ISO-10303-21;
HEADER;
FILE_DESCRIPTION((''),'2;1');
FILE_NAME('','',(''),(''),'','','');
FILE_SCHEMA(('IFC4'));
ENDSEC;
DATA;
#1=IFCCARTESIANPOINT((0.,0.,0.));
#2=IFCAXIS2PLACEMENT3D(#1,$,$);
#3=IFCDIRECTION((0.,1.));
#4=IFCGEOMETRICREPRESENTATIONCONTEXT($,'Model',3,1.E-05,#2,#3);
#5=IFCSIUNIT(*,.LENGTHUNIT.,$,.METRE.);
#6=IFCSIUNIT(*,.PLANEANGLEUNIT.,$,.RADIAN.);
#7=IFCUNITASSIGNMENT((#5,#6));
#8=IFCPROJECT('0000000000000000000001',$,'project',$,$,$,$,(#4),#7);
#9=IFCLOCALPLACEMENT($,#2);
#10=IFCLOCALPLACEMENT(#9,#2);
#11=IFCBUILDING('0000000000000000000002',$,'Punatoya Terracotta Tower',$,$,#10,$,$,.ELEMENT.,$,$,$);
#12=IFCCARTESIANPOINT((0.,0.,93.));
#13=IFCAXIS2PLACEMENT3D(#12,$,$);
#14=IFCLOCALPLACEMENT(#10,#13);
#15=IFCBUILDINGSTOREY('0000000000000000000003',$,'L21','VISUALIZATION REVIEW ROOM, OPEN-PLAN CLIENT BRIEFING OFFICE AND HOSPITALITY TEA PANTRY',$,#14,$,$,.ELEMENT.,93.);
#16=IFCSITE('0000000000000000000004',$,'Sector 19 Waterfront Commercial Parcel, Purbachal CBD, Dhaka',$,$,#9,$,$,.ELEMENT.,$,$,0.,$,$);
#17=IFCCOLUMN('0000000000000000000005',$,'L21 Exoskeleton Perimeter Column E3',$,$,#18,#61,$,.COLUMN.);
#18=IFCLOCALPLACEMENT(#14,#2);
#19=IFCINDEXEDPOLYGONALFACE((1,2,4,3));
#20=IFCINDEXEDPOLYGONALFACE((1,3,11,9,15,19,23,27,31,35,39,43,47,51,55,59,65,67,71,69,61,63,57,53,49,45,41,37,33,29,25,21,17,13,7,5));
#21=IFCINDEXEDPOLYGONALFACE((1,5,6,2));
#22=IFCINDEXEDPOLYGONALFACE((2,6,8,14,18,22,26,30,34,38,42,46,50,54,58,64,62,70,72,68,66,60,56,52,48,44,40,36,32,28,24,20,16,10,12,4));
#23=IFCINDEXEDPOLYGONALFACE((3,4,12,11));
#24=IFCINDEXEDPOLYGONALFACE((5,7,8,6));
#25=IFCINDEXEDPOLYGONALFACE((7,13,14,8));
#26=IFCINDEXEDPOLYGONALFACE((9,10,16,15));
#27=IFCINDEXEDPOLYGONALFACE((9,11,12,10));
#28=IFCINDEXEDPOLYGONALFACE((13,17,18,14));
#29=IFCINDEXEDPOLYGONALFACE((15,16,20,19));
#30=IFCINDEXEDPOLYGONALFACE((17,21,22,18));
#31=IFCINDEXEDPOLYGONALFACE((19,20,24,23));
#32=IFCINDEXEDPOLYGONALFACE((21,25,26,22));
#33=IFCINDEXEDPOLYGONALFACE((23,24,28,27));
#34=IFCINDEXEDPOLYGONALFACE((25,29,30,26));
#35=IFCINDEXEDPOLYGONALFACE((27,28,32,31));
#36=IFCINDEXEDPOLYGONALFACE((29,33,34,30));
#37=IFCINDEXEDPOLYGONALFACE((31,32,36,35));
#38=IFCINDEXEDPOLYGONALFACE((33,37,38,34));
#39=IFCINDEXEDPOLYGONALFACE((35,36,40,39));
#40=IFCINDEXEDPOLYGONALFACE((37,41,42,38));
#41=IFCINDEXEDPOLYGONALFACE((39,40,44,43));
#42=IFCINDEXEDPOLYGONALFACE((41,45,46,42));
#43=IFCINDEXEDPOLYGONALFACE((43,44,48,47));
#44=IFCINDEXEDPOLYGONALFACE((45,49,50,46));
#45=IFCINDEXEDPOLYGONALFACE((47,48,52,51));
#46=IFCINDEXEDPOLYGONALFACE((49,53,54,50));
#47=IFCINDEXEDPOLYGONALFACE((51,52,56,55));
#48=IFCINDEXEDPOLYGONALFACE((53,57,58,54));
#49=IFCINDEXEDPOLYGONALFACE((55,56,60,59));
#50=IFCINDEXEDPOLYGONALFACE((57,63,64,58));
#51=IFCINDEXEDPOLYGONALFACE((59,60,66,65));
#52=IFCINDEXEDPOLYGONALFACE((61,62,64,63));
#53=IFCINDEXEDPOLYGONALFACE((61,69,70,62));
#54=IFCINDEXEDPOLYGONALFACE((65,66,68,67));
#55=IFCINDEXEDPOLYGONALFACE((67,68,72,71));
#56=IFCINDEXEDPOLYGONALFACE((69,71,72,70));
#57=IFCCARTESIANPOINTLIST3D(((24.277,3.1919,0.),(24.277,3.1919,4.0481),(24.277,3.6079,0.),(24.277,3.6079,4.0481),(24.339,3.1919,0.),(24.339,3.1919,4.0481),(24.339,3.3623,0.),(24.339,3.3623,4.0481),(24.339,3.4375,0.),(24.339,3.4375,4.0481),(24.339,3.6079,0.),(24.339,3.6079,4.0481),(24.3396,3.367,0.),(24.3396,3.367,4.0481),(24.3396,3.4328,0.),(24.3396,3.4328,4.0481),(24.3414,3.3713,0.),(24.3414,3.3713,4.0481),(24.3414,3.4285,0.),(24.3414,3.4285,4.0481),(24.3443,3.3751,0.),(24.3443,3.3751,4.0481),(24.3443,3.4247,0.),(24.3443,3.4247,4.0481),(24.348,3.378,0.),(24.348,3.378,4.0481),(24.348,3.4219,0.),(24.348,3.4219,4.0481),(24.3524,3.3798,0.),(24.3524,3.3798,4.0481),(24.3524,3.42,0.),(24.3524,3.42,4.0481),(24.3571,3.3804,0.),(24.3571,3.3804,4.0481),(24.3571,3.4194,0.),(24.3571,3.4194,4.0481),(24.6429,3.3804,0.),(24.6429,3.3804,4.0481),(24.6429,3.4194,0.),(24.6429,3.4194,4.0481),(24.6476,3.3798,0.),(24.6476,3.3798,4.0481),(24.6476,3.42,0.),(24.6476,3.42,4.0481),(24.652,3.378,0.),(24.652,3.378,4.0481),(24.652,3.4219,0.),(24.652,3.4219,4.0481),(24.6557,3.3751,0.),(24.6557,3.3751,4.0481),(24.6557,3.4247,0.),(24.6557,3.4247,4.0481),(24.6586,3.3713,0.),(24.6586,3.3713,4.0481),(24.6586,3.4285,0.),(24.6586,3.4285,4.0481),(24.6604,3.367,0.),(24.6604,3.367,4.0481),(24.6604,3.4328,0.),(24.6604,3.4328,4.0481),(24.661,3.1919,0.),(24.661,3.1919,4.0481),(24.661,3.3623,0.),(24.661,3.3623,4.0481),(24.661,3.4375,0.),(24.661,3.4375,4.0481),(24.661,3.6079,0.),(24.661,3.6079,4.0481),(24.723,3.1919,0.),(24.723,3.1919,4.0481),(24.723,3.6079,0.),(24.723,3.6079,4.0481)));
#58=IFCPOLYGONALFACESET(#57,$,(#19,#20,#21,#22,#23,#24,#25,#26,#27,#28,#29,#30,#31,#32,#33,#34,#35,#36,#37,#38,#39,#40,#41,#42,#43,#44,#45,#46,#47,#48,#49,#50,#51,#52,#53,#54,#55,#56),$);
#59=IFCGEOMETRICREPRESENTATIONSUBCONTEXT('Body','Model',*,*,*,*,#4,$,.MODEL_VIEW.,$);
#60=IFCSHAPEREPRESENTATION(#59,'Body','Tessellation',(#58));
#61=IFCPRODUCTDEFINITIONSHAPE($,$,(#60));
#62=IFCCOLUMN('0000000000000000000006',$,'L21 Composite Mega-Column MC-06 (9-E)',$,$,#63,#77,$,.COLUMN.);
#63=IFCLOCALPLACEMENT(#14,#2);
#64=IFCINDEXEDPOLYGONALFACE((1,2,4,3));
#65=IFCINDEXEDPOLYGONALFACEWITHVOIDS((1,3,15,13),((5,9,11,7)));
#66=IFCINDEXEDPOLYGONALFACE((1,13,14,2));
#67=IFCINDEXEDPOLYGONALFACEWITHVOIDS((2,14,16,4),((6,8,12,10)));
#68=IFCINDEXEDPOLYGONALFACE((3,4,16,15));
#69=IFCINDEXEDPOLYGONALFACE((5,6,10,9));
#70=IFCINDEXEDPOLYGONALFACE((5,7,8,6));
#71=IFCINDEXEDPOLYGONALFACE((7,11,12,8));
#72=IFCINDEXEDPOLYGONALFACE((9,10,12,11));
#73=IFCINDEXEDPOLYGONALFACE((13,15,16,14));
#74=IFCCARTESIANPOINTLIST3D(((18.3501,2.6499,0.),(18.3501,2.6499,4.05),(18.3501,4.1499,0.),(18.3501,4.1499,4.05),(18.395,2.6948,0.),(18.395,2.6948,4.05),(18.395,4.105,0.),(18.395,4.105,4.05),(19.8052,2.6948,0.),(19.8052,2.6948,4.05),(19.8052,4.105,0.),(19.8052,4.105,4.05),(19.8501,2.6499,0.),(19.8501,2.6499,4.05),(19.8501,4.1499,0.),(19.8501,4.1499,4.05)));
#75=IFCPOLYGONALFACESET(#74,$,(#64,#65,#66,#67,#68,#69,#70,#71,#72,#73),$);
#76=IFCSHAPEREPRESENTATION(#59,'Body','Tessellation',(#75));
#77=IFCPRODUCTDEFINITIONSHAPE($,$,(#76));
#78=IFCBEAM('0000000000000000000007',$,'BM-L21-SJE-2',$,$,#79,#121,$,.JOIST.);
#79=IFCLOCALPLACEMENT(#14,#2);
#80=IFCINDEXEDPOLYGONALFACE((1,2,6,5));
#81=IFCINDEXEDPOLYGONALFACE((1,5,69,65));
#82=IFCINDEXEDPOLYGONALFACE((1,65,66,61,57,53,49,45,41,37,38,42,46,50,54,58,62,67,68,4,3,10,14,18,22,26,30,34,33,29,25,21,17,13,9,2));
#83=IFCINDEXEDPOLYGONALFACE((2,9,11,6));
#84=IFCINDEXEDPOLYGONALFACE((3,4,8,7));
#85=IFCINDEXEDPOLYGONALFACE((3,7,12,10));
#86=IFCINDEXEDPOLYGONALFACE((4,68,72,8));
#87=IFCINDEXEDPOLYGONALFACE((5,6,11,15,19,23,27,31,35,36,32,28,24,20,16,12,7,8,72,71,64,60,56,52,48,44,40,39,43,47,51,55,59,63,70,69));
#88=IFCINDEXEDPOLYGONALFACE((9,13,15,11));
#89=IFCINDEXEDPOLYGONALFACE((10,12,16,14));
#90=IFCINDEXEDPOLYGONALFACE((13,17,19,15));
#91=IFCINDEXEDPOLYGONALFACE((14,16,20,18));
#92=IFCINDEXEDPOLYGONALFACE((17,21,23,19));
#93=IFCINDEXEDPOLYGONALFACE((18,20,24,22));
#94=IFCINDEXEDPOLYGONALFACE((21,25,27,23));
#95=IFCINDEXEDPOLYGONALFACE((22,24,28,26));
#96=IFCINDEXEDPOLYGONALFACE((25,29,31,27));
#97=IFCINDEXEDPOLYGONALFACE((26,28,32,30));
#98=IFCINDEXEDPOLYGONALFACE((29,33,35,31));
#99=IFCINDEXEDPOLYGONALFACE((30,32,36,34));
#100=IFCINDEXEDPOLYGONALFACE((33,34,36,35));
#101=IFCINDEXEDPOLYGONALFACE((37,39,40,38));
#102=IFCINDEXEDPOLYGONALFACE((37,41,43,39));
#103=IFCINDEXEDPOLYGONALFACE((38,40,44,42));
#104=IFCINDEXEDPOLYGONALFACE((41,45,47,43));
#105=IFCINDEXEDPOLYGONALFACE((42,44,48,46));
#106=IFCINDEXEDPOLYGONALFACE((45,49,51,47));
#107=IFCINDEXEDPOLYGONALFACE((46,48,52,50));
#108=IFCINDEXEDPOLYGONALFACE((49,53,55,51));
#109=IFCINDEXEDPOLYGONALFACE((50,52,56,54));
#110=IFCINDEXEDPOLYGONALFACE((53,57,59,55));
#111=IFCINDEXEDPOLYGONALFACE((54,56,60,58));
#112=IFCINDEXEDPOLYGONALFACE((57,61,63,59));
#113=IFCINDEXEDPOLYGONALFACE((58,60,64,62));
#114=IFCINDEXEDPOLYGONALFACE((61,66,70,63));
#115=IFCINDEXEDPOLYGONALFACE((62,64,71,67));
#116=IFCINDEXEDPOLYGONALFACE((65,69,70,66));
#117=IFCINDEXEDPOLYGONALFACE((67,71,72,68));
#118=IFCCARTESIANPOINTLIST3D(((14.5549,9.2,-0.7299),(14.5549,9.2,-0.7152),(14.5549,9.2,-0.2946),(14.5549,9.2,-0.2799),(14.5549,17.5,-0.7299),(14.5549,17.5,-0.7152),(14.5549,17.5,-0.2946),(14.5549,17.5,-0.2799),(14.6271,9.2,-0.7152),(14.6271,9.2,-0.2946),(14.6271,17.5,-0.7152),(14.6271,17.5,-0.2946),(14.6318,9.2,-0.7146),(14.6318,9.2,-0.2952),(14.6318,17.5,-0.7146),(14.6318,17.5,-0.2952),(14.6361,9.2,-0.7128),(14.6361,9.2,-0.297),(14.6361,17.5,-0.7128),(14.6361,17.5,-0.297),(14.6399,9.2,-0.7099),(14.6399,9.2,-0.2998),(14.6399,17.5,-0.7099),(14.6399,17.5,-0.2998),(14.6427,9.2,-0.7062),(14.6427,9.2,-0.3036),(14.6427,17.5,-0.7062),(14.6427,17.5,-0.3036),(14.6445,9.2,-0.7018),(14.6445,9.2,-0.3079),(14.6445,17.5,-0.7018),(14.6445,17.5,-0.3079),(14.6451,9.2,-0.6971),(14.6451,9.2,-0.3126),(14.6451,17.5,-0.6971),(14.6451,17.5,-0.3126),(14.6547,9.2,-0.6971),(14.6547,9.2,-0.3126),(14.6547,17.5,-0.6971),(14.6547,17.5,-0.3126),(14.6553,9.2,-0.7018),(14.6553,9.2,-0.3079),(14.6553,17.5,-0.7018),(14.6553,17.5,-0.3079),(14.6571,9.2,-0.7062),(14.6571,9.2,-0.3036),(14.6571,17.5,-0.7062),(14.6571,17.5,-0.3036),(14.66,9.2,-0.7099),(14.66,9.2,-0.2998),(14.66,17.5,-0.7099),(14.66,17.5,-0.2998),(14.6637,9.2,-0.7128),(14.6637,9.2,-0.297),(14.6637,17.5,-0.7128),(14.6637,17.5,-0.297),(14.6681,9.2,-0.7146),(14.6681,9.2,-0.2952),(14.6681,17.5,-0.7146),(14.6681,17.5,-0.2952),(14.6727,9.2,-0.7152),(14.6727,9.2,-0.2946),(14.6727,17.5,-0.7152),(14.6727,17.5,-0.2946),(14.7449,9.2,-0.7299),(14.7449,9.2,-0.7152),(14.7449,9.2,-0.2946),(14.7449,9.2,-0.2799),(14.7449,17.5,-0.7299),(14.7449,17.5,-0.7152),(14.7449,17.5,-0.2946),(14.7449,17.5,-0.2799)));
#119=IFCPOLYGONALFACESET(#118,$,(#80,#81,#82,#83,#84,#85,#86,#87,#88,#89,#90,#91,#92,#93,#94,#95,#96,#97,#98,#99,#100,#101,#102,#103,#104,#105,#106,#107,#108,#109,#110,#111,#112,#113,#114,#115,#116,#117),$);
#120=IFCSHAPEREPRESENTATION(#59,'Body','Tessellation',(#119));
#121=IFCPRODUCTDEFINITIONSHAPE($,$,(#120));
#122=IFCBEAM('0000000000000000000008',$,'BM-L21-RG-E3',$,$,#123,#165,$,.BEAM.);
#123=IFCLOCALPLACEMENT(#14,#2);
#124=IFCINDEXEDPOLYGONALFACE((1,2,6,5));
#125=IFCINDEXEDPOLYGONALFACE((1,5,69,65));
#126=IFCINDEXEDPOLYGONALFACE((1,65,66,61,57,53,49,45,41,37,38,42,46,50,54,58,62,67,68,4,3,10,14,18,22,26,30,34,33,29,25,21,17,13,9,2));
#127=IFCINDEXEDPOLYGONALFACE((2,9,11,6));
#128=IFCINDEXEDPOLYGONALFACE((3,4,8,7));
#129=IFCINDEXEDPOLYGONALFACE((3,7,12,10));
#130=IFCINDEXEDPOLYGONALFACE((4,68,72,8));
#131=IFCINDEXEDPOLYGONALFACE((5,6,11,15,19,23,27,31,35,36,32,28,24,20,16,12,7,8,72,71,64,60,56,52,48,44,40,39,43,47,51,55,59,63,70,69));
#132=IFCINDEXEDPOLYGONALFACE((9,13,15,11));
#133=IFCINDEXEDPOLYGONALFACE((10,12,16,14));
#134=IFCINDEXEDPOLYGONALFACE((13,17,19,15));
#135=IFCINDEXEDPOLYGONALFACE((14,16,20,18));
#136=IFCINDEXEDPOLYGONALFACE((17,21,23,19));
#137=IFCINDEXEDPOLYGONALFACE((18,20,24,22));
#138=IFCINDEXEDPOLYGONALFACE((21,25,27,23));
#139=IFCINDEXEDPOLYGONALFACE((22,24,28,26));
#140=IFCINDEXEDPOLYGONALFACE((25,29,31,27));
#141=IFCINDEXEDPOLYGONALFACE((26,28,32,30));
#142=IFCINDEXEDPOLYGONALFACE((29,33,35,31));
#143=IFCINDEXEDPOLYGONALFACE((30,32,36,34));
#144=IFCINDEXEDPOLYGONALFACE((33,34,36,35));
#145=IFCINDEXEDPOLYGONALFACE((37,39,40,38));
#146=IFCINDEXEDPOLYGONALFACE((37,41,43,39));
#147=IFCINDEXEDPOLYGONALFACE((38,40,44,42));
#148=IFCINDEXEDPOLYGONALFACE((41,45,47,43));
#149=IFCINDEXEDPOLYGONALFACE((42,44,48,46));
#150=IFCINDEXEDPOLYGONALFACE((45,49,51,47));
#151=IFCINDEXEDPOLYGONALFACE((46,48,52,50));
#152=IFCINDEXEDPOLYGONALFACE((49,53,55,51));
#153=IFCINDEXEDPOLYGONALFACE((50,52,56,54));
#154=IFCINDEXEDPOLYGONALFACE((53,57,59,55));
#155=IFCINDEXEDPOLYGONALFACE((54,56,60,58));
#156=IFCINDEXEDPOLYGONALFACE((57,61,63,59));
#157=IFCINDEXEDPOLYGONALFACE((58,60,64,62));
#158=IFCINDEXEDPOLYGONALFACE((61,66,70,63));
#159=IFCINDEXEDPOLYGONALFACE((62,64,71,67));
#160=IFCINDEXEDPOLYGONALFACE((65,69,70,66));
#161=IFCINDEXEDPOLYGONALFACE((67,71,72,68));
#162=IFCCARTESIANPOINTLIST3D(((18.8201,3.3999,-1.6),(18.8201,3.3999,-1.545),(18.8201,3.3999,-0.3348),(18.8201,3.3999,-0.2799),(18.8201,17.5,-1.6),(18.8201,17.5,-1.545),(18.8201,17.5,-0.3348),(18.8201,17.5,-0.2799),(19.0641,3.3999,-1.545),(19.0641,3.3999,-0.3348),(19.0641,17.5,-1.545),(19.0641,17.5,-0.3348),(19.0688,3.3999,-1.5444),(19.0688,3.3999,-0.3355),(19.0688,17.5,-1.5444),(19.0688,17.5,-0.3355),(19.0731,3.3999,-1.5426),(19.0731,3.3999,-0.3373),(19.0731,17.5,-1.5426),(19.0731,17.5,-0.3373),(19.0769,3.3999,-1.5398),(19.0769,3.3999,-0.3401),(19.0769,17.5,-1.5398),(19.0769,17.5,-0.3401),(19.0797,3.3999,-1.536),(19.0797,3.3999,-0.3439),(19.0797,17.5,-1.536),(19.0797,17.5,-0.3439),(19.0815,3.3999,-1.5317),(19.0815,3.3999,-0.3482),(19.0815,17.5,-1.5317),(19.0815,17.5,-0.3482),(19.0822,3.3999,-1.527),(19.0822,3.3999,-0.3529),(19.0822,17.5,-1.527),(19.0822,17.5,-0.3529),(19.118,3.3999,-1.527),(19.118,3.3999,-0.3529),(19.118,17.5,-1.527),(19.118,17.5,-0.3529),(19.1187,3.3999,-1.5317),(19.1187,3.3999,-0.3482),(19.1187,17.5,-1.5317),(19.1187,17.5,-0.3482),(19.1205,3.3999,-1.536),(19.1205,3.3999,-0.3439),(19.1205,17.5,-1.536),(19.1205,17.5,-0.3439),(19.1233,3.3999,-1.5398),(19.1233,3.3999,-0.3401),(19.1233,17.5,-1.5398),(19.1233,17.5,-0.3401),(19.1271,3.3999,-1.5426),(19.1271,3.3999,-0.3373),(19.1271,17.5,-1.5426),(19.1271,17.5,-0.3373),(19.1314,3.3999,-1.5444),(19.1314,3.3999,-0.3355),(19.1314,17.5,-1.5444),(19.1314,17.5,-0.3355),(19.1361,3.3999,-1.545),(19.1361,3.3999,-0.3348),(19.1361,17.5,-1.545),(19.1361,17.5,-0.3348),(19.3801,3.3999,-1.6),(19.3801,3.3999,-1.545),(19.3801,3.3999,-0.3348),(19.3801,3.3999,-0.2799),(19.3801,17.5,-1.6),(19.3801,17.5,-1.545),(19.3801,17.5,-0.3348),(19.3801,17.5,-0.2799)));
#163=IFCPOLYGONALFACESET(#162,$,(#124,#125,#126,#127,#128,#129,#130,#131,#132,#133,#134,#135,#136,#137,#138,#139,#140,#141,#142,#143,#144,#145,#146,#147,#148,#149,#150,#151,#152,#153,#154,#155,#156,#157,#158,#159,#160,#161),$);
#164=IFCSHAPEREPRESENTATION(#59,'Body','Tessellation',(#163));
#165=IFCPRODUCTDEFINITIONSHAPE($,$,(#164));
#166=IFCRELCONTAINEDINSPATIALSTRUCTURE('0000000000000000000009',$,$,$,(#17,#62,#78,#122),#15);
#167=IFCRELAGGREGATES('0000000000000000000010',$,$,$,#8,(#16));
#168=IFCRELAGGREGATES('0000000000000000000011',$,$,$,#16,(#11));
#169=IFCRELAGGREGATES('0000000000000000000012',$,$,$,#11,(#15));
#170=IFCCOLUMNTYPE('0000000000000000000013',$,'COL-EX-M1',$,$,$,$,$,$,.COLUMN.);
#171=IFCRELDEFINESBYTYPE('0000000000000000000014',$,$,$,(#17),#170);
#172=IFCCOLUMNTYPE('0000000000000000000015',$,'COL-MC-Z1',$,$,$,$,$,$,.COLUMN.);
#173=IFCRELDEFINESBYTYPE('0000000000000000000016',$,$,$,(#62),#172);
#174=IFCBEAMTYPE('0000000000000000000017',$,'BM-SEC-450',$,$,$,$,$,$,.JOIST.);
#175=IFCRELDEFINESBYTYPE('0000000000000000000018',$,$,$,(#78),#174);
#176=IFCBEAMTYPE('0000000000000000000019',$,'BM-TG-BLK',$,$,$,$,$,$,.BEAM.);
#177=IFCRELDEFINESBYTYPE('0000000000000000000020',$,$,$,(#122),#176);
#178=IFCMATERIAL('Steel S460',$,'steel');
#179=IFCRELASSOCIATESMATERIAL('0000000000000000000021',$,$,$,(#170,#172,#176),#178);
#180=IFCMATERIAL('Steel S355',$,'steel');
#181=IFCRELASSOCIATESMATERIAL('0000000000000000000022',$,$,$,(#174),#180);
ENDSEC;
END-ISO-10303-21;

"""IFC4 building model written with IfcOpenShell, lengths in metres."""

from ifc_helpers import new_model, si_unit, direction, frame, origin, origin_2d, place, context, subcontext, project, spatial, hollow_rectangle, i_section, extrude, material, material_profile, profile_set, type_object, element, save


model = new_model("IFC4")

# Units and contexts
model_context = context("Model", 3, precision=1e-05, world=origin(), true_north=direction((0.0, 1.0)))
body_context = subcontext(model_context, "Body", "Model", "MODEL_VIEW")
ifc_project = project(units=[si_unit("LENGTHUNIT", "METRE"), si_unit("PLANEANGLEUNIT", "RADIAN")], contexts=[model_context])

# Site, building, storey
site_placement = place(None, origin())
site = spatial("IfcSite", under=ifc_project, at=site_placement, Name="Sector 19 Waterfront Commercial Parcel, Purbachal CBD, Dhaka", CompositionType="ELEMENT", RefElevation=0.0)
building_placement = place(site_placement, origin())
building = spatial("IfcBuilding", under=site, at=building_placement, Name="Punatoya Terracotta Tower", CompositionType="ELEMENT")
storey_placement = place(building_placement, frame((0.0, 0.0, 93.0)))
storey = spatial("IfcBuildingStorey", under=building, at=storey_placement, Name="L21", Description="VISUALIZATION REVIEW ROOM, OPEN-PLAN CLIENT BRIEFING OFFICE AND HOSPITALITY TEA PANTRY", CompositionType="ELEMENT", Elevation=93.0)

# Columns
ifc_material_1 = material(Name="Steel S460", Category="steel")
ifc_material_profile_1 = material_profile(ifc_material_1, i_section(OverallWidth=0.416, OverallDepth=0.446, WebThickness=0.0391, FlangeThickness=0.062, FilletRadius=0.0181, at=origin_2d()))
ifc_profile_set_1 = profile_set([ifc_material_profile_1], Name="Steel S460")
column_type_1 = type_object("IfcColumnType", Name="COL-EX-M1", PredefinedType="COLUMN", material=ifc_profile_set_1)
column_1_placement = place(storey_placement, frame((24.5, 3.3999, 0.0), z_axis=(0.0, 0.0, 1.0), x_axis=(0.0, 1.0, 0.0)))
element("IfcColumn", 1, at=column_1_placement, inside=storey, type_object=column_type_1, Name="L21 Exoskeleton Perimeter Column E3", PredefinedType="COLUMN", context=body_context, shape_type="SweptSolid", body=[
    extrude(i_section(OverallWidth=0.416, OverallDepth=0.446, WebThickness=0.0391, FlangeThickness=0.062, FilletRadius=0.0181, at=origin_2d()), origin(), (0.0, 0.0, 1.0), 4.0481),
])
ifc_material_profile_2 = material_profile(ifc_material_1, hollow_rectangle(XDim=1.5, YDim=1.5, WallThickness=0.0449, at=origin_2d()))
ifc_profile_set_2 = profile_set([ifc_material_profile_2], Name="Steel S460")
column_type_2 = type_object("IfcColumnType", Name="COL-MC-Z1", PredefinedType="COLUMN", material=ifc_profile_set_2)
column_2_placement = place(storey_placement, frame((19.1001, 3.3999, 0.0), z_axis=(0.0, 0.0, 1.0), x_axis=(1.0, 0.0, 0.0)))
element("IfcColumn", 2, at=column_2_placement, inside=storey, type_object=column_type_2, Name="L21 Composite Mega-Column MC-06 (9-E)", PredefinedType="COLUMN", context=body_context, shape_type="SweptSolid", body=[
    extrude(hollow_rectangle(XDim=1.5, YDim=1.5, WallThickness=0.0449, at=origin_2d()), origin(), (0.0, 0.0, 1.0), 4.05),
])

# Beams
ifc_material_2 = material(Name="Steel S355", Category="steel")
ifc_material_profile_3 = material_profile(ifc_material_2, i_section(OverallWidth=0.1899, OverallDepth=0.45, WebThickness=0.0095, FlangeThickness=0.0146, FilletRadius=0.0181, at=origin_2d()))
ifc_profile_set_3 = profile_set([ifc_material_profile_3], Name="Steel S355")
beam_type_1 = type_object("IfcBeamType", Name="BM-SEC-450", PredefinedType="JOIST", material=ifc_profile_set_3)
beam_1_placement = place(storey_placement, frame((14.6499, 9.2, -0.5049), z_axis=(0.0, 1.0, 0.0), x_axis=(-1.0, 0.0, 0.0)))
element("IfcBeam", 3, at=beam_1_placement, inside=storey, type_object=beam_type_1, Name="BM-L21-SJE-2", PredefinedType="JOIST", context=body_context, shape_type="SweptSolid", body=[
    extrude(i_section(OverallWidth=0.1899, OverallDepth=0.45, WebThickness=0.0095, FlangeThickness=0.0146, FilletRadius=0.0181, at=origin_2d()), origin(), (0.0, 0.0, 1.0), 8.3),
])
ifc_material_profile_4 = material_profile(ifc_material_1, i_section(OverallWidth=0.5601, OverallDepth=1.3201, WebThickness=0.0359, FlangeThickness=0.0549, FilletRadius=0.0181, at=origin_2d()))
ifc_profile_set_4 = profile_set([ifc_material_profile_4], Name="Steel S460")
beam_type_2 = type_object("IfcBeamType", Name="BM-TG-BLK", PredefinedType="BEAM", material=ifc_profile_set_4)
beam_2_placement = place(storey_placement, frame((19.1001, 3.3999, -0.9399), z_axis=(0.0, 1.0, 0.0), x_axis=(-1.0, 0.0, 0.0)))
element("IfcBeam", 4, at=beam_2_placement, inside=storey, type_object=beam_type_2, Name="BM-L21-RG-E3", PredefinedType="BEAM", context=body_context, shape_type="SweptSolid", body=[
    extrude(i_section(OverallWidth=0.5601, OverallDepth=1.3201, WebThickness=0.0359, FlangeThickness=0.0549, FilletRadius=0.0181, at=origin_2d()), origin(), (0.0, 0.0, 1.0), 14.1001),
])

save(model, "model.ifc")
